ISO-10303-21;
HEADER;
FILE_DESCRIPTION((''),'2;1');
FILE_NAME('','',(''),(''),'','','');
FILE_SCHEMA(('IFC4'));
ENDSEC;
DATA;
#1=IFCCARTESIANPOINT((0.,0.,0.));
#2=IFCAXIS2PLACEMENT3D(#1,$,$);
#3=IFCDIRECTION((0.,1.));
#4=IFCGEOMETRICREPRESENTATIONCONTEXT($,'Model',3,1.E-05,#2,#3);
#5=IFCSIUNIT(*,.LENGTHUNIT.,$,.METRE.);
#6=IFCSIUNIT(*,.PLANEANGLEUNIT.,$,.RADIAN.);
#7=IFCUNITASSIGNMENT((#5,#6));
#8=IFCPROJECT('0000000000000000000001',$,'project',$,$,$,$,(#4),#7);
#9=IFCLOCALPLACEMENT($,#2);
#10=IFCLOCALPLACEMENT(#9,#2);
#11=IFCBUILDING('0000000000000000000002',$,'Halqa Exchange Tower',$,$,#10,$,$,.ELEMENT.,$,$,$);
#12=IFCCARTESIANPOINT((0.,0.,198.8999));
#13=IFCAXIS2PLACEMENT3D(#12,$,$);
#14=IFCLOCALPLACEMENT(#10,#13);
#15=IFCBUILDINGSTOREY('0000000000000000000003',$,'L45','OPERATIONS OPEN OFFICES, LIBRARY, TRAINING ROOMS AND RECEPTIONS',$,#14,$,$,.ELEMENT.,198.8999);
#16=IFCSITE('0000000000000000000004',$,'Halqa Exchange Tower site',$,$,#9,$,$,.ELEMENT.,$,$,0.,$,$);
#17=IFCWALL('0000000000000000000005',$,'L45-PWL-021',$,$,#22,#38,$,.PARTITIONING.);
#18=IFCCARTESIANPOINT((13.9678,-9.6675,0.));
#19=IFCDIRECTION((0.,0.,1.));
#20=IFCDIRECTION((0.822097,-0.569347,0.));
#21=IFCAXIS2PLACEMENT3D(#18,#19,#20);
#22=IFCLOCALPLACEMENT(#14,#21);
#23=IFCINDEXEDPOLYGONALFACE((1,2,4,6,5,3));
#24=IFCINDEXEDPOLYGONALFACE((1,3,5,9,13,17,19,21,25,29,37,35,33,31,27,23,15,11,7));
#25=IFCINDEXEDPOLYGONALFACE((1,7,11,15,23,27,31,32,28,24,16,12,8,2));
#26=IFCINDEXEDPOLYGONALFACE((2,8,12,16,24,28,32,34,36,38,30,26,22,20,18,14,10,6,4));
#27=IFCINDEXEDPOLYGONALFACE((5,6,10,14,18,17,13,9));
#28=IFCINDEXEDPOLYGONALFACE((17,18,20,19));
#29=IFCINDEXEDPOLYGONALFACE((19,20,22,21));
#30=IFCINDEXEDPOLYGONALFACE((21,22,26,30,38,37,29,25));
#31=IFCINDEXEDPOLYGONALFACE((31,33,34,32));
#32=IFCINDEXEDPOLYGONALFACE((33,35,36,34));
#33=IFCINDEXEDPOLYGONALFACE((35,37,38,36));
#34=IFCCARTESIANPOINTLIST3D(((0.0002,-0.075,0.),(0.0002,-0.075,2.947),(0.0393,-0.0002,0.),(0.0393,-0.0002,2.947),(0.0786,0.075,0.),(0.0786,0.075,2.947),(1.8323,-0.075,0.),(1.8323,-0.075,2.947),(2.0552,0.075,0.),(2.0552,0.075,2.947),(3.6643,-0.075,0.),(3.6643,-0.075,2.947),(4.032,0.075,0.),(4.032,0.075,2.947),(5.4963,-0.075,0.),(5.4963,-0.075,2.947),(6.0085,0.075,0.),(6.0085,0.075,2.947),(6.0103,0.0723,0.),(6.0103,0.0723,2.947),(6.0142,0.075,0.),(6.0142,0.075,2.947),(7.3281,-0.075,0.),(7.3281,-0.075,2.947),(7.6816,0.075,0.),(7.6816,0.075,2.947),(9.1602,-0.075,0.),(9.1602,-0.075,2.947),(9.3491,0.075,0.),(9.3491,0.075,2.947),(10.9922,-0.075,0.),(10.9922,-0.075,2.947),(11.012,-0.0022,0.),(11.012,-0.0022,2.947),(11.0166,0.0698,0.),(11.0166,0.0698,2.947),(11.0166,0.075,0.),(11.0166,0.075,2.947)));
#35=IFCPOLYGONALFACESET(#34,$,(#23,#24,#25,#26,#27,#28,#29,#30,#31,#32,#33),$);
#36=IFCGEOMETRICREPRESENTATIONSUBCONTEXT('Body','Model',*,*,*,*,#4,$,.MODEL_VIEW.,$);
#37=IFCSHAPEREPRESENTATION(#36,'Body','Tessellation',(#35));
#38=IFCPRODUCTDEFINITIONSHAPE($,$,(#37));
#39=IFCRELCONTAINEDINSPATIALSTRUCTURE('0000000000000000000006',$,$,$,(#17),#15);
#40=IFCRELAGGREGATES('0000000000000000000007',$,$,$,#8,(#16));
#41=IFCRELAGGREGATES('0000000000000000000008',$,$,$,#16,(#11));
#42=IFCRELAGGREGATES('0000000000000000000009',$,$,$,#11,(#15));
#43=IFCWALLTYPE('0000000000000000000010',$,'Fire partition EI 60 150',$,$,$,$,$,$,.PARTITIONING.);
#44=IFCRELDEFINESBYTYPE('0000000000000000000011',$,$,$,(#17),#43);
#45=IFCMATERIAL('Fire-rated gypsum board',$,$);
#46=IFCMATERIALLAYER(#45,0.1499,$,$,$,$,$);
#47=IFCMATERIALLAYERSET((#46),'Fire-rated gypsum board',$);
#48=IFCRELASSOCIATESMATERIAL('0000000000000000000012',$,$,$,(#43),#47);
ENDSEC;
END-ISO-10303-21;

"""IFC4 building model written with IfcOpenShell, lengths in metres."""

from ifc_helpers import new_model, si_unit, direction, frame, origin, place, context, subcontext, project, spatial, polyline, outline, extrude, material, layer, layer_set, type_object, element, save


model = new_model("IFC4")

# Units and contexts
model_context = context("Model", 3, precision=1e-05, world=origin(), true_north=direction((0.0, 1.0)))
body_context = subcontext(model_context, "Body", "Model", "MODEL_VIEW")
ifc_project = project(units=[si_unit("LENGTHUNIT", "METRE"), si_unit("PLANEANGLEUNIT", "RADIAN")], contexts=[model_context])

# Site, building, storey
site_placement = place(None, origin())
site = spatial("IfcSite", under=ifc_project, at=site_placement, Name="Halqa Exchange Tower site", CompositionType="ELEMENT", RefElevation=0.0)
building_placement = place(site_placement, origin())
building = spatial("IfcBuilding", under=site, at=building_placement, Name="Halqa Exchange Tower", CompositionType="ELEMENT")
storey_placement = place(building_placement, frame((0.0, 0.0, 198.8999)))
storey = spatial("IfcBuildingStorey", under=building, at=storey_placement, Name="L45", Description="OPERATIONS OPEN OFFICES, LIBRARY, TRAINING ROOMS AND RECEPTIONS", CompositionType="ELEMENT", Elevation=198.8999)

# Shared definitions
ifc_material_1 = material(Name="Fire-rated gypsum board")
ifc_layer_1 = layer(ifc_material_1, 0.1499)
ifc_layer_set_1 = layer_set([ifc_layer_1], Name="Fire-rated gypsum board")
wall_type_1 = type_object("IfcWallType", Name="Fire partition EI 60 150", PredefinedType="PARTITIONING", material=ifc_layer_set_1)

# Wall
wall_1_placement = place(storey_placement, frame((13.9678, -9.6675, 0.0), z_axis=(0.0, 0.0, 1.0), x_axis=(0.822097, -0.569347, 0.0)))
element("IfcWall", 1, at=wall_1_placement, inside=storey, type_object=wall_type_1, Name="L45-PWL-021", PredefinedType="PARTITIONING", context=body_context, shape_type="SweptSolid", body=[
    extrude(outline(polyline([(0.0002, -0.075), (1.8323, -0.075), (3.6643, -0.075), (5.4963, -0.075), (7.3281, -0.075), (9.1602, -0.075), (10.9922, -0.075), (11.012, -0.0022), (11.0166, 0.0698), (11.0166, 0.075), (9.3491, 0.075), (7.6816, 0.075), (6.0142, 0.075), (6.0103, 0.0723), (6.0085, 0.075), (4.032, 0.075), (2.0552, 0.075), (0.0786, 0.075), (0.0393, -0.0002), (0.0002, -0.075)])), origin(), (0.0, 0.0, 1.0), 2.947),
])

save(model, "model.ifc")
